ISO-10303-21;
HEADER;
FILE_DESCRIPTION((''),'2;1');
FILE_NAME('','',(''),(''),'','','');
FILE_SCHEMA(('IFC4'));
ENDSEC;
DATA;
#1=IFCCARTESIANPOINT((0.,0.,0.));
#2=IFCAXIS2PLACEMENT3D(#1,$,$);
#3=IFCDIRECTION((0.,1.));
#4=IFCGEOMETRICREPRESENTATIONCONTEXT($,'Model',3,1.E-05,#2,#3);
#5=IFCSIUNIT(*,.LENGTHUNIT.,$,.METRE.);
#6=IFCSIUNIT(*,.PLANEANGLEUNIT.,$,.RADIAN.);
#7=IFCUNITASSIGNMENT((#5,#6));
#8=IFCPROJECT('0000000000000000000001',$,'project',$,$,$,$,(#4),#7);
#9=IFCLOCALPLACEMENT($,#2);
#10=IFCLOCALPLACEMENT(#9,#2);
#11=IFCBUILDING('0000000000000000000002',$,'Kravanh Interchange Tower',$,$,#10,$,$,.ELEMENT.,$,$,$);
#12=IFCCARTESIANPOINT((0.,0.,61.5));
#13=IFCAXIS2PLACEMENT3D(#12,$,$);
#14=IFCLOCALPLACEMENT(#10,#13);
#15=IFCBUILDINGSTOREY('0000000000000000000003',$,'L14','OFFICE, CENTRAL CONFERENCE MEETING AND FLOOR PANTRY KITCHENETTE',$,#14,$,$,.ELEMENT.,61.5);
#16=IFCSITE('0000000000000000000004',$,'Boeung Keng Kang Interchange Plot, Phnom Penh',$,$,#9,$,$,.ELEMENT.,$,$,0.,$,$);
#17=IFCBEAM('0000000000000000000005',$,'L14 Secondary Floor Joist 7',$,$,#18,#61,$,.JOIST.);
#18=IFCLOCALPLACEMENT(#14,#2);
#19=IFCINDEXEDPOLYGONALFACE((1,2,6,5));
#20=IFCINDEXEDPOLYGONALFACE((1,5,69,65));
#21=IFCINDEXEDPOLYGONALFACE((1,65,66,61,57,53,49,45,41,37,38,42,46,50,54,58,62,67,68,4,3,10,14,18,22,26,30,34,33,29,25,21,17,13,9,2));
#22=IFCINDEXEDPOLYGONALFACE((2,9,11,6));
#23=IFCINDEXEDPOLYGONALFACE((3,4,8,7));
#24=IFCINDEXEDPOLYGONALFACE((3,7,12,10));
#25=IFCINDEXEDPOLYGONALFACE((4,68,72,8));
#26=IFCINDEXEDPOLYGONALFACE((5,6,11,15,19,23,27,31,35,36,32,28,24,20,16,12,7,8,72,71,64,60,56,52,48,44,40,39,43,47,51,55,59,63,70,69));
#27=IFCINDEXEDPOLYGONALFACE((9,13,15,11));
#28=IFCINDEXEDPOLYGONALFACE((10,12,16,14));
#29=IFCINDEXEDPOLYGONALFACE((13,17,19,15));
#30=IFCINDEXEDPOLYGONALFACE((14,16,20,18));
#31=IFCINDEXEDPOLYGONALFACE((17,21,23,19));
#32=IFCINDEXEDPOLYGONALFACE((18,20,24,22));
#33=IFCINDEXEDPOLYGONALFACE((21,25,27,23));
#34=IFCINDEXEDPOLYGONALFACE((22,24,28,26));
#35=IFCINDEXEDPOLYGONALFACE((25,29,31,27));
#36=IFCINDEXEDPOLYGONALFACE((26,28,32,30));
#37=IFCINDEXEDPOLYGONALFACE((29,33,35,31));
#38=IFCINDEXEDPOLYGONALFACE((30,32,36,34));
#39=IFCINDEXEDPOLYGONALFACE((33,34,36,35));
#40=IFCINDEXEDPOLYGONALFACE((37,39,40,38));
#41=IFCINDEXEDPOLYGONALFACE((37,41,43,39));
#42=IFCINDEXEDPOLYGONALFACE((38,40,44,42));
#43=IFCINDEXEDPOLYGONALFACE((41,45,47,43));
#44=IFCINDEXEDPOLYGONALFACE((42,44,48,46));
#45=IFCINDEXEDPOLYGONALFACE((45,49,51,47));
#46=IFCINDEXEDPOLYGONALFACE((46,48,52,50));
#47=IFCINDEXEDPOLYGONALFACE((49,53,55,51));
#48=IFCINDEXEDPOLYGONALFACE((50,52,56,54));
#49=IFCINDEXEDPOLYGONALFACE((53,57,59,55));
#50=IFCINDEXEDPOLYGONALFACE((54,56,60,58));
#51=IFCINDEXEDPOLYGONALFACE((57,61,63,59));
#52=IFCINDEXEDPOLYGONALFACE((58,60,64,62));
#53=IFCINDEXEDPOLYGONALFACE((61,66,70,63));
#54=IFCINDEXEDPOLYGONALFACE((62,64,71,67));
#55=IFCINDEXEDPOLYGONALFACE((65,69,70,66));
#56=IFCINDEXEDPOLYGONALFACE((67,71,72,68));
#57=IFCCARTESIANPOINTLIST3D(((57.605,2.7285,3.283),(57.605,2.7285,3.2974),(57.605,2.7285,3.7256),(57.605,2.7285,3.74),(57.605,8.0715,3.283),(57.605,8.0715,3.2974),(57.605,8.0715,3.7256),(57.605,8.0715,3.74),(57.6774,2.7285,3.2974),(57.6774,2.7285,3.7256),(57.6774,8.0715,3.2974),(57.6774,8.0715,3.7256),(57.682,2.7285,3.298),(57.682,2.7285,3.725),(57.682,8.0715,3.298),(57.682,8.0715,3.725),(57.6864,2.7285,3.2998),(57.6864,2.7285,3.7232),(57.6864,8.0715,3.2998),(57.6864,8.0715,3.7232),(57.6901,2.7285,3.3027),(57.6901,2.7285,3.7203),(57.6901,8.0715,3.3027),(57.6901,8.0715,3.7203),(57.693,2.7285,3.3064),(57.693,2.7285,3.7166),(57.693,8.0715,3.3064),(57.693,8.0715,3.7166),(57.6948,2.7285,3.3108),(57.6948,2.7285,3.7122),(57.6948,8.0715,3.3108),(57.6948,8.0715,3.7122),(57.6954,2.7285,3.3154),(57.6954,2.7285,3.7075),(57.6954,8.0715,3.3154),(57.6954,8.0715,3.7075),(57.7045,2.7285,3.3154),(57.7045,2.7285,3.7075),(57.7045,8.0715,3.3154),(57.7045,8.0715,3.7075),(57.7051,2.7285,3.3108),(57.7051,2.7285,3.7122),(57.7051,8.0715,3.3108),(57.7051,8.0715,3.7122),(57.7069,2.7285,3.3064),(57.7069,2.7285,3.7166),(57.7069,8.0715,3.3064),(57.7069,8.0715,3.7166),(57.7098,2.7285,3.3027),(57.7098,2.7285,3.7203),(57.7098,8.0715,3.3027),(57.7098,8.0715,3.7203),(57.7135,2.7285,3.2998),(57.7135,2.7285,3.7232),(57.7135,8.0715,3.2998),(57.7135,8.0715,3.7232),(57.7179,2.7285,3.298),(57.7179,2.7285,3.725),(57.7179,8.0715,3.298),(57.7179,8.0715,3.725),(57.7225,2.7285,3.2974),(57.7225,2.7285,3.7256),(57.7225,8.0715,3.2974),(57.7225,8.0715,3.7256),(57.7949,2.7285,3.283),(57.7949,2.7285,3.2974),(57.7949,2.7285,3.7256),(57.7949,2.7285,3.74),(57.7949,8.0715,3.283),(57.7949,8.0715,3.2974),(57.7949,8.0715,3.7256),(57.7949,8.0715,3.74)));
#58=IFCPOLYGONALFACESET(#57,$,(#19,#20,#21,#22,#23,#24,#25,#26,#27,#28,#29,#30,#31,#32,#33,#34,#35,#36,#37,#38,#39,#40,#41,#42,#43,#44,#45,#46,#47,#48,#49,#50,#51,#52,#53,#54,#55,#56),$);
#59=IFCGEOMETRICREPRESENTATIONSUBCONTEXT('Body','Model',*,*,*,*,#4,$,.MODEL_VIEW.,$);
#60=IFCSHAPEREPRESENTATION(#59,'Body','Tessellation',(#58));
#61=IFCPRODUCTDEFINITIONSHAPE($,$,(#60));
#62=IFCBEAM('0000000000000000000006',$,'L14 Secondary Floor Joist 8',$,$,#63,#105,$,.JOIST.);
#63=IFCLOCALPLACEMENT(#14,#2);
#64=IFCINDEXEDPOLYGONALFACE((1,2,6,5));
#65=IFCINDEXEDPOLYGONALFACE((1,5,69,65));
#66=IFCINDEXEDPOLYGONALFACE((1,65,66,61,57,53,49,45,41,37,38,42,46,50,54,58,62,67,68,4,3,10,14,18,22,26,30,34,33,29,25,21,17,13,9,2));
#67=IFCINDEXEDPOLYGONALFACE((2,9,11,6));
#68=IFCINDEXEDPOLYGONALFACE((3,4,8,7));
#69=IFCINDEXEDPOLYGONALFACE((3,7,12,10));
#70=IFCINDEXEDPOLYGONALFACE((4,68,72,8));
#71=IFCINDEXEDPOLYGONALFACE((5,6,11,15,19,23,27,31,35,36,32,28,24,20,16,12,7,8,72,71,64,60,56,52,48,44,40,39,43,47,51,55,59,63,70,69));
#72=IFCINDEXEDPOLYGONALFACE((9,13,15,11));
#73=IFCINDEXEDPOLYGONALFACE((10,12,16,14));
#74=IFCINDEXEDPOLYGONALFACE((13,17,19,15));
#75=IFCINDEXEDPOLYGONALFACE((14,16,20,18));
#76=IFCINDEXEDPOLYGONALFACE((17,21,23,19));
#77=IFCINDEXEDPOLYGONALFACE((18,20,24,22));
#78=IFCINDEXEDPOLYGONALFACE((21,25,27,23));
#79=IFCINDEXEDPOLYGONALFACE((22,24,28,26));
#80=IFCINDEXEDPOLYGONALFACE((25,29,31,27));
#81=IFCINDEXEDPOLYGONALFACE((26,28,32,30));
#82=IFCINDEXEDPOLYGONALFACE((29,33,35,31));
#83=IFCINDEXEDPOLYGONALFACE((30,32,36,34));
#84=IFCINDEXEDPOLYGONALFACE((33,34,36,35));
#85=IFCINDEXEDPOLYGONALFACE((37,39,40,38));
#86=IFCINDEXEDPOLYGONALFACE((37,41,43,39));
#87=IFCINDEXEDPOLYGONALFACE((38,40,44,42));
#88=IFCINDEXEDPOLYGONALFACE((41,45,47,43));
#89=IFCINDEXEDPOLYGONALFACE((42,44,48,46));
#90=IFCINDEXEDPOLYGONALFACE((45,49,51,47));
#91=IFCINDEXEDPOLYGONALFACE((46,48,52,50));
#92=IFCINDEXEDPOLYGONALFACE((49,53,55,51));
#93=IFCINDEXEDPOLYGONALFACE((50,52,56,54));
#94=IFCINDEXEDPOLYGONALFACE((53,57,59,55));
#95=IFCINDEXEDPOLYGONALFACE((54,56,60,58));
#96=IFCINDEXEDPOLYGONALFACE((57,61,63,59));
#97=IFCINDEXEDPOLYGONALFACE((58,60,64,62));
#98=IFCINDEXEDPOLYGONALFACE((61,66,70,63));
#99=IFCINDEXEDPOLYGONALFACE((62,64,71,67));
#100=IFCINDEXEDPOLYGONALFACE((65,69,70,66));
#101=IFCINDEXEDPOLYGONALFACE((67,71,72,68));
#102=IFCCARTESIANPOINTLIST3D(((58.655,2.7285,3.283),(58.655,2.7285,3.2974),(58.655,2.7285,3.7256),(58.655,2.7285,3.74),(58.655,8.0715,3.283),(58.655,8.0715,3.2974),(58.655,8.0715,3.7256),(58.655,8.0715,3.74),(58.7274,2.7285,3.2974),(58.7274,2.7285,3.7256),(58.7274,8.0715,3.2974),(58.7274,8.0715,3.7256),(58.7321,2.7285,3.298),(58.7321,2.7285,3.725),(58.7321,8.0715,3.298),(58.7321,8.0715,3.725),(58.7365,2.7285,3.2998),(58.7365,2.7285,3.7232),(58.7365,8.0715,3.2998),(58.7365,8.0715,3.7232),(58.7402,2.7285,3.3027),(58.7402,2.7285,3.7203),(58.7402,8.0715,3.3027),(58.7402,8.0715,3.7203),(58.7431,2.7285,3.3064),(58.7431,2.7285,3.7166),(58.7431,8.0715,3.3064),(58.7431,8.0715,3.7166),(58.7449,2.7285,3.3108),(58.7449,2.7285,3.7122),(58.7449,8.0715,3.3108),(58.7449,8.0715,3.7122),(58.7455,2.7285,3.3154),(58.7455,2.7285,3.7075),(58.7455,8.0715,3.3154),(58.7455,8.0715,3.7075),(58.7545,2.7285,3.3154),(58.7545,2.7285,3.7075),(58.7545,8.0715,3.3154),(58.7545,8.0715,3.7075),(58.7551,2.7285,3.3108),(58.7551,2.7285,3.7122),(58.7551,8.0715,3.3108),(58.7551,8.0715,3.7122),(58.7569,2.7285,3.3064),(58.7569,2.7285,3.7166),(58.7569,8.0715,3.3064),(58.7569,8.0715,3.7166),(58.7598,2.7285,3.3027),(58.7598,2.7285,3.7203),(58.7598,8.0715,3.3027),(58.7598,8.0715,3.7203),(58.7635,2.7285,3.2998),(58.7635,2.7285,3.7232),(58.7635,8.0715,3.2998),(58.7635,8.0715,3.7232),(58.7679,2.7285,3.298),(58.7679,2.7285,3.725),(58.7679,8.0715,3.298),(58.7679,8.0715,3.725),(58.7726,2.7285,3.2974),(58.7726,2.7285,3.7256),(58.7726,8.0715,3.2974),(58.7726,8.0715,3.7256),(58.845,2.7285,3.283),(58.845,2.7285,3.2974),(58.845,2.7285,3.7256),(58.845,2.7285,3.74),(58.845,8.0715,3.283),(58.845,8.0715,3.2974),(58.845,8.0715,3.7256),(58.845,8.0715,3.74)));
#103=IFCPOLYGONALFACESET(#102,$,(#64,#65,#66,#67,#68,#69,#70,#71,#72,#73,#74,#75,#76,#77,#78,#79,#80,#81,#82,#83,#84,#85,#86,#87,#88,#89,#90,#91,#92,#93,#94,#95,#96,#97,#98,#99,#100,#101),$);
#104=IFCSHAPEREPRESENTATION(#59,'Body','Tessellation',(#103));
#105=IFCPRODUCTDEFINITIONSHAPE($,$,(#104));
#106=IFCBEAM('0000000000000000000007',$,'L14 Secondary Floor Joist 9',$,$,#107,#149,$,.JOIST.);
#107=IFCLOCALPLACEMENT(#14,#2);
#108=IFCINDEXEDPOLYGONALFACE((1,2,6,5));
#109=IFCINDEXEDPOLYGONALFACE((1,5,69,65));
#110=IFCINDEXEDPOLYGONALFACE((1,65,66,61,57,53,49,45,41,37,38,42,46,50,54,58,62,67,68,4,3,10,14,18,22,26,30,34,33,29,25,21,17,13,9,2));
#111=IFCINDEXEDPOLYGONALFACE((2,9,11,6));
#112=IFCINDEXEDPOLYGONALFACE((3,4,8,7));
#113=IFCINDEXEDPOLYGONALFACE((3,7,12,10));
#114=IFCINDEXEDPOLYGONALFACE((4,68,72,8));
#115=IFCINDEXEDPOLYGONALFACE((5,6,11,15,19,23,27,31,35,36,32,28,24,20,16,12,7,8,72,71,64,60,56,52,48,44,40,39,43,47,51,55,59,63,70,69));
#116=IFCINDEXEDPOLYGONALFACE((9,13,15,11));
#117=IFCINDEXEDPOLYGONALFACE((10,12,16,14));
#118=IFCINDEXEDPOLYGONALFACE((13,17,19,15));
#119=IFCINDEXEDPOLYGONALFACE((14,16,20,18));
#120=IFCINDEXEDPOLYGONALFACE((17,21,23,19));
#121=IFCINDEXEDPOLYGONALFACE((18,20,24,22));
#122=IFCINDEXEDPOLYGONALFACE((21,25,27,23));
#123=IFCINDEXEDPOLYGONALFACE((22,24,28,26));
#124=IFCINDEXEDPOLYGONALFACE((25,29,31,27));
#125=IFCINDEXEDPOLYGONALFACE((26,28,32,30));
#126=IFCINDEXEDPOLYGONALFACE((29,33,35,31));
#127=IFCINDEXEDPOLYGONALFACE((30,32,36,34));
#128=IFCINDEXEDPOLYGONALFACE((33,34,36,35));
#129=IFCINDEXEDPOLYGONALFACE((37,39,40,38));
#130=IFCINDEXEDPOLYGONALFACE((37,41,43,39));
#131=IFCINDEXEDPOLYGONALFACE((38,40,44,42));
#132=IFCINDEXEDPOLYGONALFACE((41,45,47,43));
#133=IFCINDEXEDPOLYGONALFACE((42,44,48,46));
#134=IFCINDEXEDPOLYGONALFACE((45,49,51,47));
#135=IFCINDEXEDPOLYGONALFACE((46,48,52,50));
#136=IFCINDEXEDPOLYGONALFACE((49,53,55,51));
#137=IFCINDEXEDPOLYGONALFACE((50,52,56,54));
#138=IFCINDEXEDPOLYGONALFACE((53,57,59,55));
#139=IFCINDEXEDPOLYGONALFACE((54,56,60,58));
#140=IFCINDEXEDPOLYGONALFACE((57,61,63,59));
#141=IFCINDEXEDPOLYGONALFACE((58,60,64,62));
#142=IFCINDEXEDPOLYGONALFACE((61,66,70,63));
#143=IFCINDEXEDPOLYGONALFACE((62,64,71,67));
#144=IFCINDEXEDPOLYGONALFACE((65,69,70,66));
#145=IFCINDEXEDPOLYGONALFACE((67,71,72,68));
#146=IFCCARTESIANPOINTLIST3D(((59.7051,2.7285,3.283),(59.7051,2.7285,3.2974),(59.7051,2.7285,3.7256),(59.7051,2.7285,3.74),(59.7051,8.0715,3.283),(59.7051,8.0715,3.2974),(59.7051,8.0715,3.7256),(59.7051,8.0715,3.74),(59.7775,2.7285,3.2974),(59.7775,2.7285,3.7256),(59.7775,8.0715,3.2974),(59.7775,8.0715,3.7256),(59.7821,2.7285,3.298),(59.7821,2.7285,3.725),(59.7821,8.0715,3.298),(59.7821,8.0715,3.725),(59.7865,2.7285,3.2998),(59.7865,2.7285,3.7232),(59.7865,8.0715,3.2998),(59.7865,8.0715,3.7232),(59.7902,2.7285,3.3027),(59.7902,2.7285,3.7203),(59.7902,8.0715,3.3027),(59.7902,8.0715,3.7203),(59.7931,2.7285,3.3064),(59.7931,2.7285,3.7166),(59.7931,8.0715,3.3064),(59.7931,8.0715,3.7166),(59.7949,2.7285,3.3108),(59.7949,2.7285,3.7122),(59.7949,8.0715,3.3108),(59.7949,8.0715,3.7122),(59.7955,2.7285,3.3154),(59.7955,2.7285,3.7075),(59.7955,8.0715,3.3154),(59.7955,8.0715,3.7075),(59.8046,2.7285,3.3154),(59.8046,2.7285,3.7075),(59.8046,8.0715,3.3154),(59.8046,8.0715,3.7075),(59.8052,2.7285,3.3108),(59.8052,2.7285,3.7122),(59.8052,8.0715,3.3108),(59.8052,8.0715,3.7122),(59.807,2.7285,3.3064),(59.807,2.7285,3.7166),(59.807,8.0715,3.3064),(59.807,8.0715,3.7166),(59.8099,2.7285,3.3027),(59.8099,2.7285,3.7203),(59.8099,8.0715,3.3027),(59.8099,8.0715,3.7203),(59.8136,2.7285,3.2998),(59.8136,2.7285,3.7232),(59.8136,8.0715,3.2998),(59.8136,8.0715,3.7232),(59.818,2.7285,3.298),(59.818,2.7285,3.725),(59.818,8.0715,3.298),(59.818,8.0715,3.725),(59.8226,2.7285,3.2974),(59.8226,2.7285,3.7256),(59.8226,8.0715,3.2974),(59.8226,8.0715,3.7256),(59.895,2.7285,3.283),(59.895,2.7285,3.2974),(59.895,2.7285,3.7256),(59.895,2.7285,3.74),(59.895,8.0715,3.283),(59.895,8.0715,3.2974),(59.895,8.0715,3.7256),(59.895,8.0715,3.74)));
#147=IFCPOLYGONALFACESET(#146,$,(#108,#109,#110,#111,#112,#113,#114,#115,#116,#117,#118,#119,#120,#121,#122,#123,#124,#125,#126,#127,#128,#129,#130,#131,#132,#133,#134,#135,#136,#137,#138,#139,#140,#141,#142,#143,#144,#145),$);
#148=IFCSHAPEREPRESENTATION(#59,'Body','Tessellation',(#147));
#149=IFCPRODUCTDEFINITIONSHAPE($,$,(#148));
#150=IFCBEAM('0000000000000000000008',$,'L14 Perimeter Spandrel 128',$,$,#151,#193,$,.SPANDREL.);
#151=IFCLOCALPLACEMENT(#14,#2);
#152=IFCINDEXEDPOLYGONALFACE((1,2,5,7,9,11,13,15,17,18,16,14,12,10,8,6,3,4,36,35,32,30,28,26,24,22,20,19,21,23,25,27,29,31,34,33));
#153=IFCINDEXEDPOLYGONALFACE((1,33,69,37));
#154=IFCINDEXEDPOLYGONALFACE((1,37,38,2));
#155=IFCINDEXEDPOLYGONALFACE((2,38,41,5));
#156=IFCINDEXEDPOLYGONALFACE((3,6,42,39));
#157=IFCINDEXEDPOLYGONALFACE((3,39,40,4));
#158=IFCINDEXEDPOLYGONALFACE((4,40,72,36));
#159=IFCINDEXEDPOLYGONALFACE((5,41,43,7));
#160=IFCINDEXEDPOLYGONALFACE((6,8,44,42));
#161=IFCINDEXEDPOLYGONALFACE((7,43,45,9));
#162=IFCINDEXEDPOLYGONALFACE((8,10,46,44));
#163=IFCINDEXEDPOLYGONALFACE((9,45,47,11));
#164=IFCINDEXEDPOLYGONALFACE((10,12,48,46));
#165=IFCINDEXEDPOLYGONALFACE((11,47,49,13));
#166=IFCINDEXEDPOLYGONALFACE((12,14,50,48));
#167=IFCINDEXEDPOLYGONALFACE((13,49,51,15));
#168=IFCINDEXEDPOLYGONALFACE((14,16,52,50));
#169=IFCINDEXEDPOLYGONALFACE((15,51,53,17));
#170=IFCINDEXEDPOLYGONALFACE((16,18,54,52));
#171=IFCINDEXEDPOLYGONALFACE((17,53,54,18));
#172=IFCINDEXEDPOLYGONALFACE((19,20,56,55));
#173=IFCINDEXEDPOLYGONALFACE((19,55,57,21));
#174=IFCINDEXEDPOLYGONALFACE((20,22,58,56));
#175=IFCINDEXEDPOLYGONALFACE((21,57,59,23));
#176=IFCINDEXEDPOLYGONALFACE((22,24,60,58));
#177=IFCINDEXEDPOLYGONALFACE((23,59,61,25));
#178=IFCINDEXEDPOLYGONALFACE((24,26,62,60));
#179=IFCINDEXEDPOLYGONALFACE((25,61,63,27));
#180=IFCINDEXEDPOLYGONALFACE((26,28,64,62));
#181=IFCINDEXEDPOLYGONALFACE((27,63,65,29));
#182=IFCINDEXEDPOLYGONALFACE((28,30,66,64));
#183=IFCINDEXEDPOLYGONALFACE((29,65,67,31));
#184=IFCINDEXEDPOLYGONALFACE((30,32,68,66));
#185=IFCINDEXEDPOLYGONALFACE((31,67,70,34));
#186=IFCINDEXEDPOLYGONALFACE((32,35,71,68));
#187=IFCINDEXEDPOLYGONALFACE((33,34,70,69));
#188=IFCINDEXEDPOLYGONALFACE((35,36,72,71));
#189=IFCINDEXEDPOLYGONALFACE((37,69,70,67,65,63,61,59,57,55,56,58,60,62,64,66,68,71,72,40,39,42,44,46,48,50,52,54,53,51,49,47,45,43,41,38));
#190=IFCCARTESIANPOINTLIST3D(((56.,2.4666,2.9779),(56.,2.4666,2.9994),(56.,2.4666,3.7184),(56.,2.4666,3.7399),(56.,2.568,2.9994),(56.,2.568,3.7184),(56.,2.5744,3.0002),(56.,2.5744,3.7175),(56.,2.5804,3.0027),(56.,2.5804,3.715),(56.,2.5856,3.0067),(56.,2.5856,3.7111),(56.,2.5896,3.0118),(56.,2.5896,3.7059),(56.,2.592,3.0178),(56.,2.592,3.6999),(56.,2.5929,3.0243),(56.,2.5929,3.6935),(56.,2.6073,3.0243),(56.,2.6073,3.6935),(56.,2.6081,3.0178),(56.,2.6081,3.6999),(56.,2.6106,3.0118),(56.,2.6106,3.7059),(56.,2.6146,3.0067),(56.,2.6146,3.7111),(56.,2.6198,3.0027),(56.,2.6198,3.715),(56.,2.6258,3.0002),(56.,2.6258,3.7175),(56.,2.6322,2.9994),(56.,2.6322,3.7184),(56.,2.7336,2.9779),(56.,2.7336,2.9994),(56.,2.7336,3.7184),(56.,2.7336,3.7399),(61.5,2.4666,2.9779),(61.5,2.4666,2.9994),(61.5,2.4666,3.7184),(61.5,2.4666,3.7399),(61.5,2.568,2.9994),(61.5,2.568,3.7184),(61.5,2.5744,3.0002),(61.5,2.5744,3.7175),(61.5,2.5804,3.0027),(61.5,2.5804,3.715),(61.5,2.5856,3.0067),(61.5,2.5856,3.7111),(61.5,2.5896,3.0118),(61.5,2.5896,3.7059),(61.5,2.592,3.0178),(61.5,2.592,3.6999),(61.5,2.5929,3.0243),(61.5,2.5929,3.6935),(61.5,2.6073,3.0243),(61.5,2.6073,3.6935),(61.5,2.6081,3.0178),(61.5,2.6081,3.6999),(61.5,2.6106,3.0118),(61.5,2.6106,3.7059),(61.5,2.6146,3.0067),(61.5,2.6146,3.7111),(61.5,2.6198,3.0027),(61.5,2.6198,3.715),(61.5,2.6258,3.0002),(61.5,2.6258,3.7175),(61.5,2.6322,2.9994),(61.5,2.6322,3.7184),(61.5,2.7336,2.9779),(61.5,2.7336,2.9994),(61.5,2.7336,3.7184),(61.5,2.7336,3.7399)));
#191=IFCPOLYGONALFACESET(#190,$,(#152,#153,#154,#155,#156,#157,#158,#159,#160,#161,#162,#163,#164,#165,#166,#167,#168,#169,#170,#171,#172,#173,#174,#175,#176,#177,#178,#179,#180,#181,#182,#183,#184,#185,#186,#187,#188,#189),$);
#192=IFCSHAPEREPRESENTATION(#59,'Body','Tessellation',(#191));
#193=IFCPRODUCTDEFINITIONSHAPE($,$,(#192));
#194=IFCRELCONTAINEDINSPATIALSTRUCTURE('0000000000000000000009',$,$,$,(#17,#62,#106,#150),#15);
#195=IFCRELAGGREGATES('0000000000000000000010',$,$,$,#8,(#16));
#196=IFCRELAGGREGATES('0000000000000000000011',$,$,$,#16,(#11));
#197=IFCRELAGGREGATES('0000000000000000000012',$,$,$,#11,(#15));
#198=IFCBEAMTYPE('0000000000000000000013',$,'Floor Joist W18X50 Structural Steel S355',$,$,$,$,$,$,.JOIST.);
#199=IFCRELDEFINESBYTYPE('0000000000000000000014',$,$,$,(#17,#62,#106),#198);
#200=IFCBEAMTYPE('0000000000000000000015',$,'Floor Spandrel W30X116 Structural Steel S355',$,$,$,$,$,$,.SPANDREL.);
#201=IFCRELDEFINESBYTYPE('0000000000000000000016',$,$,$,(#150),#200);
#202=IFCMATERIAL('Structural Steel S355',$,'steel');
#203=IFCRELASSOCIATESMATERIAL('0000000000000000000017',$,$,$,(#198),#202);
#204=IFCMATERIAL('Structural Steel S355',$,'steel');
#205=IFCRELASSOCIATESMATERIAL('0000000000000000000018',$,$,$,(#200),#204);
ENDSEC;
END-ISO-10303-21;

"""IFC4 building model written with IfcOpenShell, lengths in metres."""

from ifc_helpers import new_model, si_unit, direction, frame, origin, origin_2d, place, context, subcontext, project, spatial, i_section, extrude, material, material_profile, profile_set, type_object, element, save


model = new_model("IFC4")

# Units and contexts
model_context = context("Model", 3, precision=1e-05, world=origin(), true_north=direction((0.0, 1.0)))
body_context = subcontext(model_context, "Body", "Model", "MODEL_VIEW")
ifc_project = project(units=[si_unit("LENGTHUNIT", "METRE"), si_unit("PLANEANGLEUNIT", "RADIAN")], contexts=[model_context])

# Site, building, storey
site_placement = place(None, origin())
site = spatial("IfcSite", under=ifc_project, at=site_placement, Name="Boeung Keng Kang Interchange Plot, Phnom Penh", CompositionType="ELEMENT", RefElevation=0.0)
building_placement = place(site_placement, origin())
building = spatial("IfcBuilding", under=site, at=building_placement, Name="Kravanh Interchange Tower", CompositionType="ELEMENT")
storey_placement = place(building_placement, frame((0.0, 0.0, 61.5)))
storey = spatial("IfcBuildingStorey", under=building, at=storey_placement, Name="L14", Description="OFFICE, CENTRAL CONFERENCE MEETING AND FLOOR PANTRY KITCHENETTE", CompositionType="ELEMENT", Elevation=61.5)

# Beams
ifc_material_1 = material(Name="Structural Steel S355", Category="steel")
ifc_material_profile_1 = material_profile(ifc_material_1, i_section(OverallWidth=0.1899, OverallDepth=0.457, WebThickness=0.009, FlangeThickness=0.0144, FilletRadius=0.0181, at=origin_2d()), Name="W18X50")
ifc_profile_set_1 = profile_set([ifc_material_profile_1], Name="Structural Steel S355")
beam_type_1 = type_object("IfcBeamType", Name="Floor Joist W18X50 Structural Steel S355", PredefinedType="JOIST", material=ifc_profile_set_1)
for number, where, z_axis, x_axis, name in (
    (1, (57.7, 2.7285, 3.5115), (0.0, 1.0, 0.0), (-1.0, 0.0, 0.0), "L14 Secondary Floor Joist 7"),
    (2, (58.75, 2.7285, 3.5115), (0.0, 1.0, 0.0), (-1.0, 0.0, 0.0), "L14 Secondary Floor Joist 8"),
    (3, (59.8, 2.7285, 3.5115), (0.0, 1.0, 0.0), (-1.0, 0.0, 0.0), "L14 Secondary Floor Joist 9"),
):
    element("IfcBeam", number, at=place(storey_placement, frame(where, z_axis=z_axis, x_axis=x_axis)), inside=storey, type_object=beam_type_1, Name=name, PredefinedType="JOIST", context=body_context, shape_type="SweptSolid", body=[
        extrude(i_section(OverallWidth=0.1899, OverallDepth=0.457, WebThickness=0.009, FlangeThickness=0.0144, FilletRadius=0.0181, at=origin_2d()), origin(), (0.0, 0.0, 1.0), 5.343),
    ])
ifc_material_2 = material(Name="Structural Steel S355", Category="steel")
ifc_material_profile_2 = material_profile(ifc_material_2, i_section(OverallWidth=0.2671, OverallDepth=0.762, WebThickness=0.0144, FlangeThickness=0.0215, FilletRadius=0.0249, at=origin_2d()), Name="W30X116")
ifc_profile_set_2 = profile_set([ifc_material_profile_2], Name="Structural Steel S355")
beam_type_2 = type_object("IfcBeamType", Name="Floor Spandrel W30X116 Structural Steel S355", PredefinedType="SPANDREL", material=ifc_profile_set_2)
beam_1_placement = place(storey_placement, frame((56.0, 2.6001, 3.3589), z_axis=(1.0, 0.0, 0.0), x_axis=(0.0, 1.0, 0.0)))
element("IfcBeam", 4, at=beam_1_placement, inside=storey, type_object=beam_type_2, Name="L14 Perimeter Spandrel 128", PredefinedType="SPANDREL", context=body_context, shape_type="SweptSolid", body=[
    extrude(i_section(OverallWidth=0.2671, OverallDepth=0.762, WebThickness=0.0144, FlangeThickness=0.0215, FilletRadius=0.0249, at=origin_2d()), origin(), (0.0, 0.0, 1.0), 5.5),
])

save(model, "model.ifc")
